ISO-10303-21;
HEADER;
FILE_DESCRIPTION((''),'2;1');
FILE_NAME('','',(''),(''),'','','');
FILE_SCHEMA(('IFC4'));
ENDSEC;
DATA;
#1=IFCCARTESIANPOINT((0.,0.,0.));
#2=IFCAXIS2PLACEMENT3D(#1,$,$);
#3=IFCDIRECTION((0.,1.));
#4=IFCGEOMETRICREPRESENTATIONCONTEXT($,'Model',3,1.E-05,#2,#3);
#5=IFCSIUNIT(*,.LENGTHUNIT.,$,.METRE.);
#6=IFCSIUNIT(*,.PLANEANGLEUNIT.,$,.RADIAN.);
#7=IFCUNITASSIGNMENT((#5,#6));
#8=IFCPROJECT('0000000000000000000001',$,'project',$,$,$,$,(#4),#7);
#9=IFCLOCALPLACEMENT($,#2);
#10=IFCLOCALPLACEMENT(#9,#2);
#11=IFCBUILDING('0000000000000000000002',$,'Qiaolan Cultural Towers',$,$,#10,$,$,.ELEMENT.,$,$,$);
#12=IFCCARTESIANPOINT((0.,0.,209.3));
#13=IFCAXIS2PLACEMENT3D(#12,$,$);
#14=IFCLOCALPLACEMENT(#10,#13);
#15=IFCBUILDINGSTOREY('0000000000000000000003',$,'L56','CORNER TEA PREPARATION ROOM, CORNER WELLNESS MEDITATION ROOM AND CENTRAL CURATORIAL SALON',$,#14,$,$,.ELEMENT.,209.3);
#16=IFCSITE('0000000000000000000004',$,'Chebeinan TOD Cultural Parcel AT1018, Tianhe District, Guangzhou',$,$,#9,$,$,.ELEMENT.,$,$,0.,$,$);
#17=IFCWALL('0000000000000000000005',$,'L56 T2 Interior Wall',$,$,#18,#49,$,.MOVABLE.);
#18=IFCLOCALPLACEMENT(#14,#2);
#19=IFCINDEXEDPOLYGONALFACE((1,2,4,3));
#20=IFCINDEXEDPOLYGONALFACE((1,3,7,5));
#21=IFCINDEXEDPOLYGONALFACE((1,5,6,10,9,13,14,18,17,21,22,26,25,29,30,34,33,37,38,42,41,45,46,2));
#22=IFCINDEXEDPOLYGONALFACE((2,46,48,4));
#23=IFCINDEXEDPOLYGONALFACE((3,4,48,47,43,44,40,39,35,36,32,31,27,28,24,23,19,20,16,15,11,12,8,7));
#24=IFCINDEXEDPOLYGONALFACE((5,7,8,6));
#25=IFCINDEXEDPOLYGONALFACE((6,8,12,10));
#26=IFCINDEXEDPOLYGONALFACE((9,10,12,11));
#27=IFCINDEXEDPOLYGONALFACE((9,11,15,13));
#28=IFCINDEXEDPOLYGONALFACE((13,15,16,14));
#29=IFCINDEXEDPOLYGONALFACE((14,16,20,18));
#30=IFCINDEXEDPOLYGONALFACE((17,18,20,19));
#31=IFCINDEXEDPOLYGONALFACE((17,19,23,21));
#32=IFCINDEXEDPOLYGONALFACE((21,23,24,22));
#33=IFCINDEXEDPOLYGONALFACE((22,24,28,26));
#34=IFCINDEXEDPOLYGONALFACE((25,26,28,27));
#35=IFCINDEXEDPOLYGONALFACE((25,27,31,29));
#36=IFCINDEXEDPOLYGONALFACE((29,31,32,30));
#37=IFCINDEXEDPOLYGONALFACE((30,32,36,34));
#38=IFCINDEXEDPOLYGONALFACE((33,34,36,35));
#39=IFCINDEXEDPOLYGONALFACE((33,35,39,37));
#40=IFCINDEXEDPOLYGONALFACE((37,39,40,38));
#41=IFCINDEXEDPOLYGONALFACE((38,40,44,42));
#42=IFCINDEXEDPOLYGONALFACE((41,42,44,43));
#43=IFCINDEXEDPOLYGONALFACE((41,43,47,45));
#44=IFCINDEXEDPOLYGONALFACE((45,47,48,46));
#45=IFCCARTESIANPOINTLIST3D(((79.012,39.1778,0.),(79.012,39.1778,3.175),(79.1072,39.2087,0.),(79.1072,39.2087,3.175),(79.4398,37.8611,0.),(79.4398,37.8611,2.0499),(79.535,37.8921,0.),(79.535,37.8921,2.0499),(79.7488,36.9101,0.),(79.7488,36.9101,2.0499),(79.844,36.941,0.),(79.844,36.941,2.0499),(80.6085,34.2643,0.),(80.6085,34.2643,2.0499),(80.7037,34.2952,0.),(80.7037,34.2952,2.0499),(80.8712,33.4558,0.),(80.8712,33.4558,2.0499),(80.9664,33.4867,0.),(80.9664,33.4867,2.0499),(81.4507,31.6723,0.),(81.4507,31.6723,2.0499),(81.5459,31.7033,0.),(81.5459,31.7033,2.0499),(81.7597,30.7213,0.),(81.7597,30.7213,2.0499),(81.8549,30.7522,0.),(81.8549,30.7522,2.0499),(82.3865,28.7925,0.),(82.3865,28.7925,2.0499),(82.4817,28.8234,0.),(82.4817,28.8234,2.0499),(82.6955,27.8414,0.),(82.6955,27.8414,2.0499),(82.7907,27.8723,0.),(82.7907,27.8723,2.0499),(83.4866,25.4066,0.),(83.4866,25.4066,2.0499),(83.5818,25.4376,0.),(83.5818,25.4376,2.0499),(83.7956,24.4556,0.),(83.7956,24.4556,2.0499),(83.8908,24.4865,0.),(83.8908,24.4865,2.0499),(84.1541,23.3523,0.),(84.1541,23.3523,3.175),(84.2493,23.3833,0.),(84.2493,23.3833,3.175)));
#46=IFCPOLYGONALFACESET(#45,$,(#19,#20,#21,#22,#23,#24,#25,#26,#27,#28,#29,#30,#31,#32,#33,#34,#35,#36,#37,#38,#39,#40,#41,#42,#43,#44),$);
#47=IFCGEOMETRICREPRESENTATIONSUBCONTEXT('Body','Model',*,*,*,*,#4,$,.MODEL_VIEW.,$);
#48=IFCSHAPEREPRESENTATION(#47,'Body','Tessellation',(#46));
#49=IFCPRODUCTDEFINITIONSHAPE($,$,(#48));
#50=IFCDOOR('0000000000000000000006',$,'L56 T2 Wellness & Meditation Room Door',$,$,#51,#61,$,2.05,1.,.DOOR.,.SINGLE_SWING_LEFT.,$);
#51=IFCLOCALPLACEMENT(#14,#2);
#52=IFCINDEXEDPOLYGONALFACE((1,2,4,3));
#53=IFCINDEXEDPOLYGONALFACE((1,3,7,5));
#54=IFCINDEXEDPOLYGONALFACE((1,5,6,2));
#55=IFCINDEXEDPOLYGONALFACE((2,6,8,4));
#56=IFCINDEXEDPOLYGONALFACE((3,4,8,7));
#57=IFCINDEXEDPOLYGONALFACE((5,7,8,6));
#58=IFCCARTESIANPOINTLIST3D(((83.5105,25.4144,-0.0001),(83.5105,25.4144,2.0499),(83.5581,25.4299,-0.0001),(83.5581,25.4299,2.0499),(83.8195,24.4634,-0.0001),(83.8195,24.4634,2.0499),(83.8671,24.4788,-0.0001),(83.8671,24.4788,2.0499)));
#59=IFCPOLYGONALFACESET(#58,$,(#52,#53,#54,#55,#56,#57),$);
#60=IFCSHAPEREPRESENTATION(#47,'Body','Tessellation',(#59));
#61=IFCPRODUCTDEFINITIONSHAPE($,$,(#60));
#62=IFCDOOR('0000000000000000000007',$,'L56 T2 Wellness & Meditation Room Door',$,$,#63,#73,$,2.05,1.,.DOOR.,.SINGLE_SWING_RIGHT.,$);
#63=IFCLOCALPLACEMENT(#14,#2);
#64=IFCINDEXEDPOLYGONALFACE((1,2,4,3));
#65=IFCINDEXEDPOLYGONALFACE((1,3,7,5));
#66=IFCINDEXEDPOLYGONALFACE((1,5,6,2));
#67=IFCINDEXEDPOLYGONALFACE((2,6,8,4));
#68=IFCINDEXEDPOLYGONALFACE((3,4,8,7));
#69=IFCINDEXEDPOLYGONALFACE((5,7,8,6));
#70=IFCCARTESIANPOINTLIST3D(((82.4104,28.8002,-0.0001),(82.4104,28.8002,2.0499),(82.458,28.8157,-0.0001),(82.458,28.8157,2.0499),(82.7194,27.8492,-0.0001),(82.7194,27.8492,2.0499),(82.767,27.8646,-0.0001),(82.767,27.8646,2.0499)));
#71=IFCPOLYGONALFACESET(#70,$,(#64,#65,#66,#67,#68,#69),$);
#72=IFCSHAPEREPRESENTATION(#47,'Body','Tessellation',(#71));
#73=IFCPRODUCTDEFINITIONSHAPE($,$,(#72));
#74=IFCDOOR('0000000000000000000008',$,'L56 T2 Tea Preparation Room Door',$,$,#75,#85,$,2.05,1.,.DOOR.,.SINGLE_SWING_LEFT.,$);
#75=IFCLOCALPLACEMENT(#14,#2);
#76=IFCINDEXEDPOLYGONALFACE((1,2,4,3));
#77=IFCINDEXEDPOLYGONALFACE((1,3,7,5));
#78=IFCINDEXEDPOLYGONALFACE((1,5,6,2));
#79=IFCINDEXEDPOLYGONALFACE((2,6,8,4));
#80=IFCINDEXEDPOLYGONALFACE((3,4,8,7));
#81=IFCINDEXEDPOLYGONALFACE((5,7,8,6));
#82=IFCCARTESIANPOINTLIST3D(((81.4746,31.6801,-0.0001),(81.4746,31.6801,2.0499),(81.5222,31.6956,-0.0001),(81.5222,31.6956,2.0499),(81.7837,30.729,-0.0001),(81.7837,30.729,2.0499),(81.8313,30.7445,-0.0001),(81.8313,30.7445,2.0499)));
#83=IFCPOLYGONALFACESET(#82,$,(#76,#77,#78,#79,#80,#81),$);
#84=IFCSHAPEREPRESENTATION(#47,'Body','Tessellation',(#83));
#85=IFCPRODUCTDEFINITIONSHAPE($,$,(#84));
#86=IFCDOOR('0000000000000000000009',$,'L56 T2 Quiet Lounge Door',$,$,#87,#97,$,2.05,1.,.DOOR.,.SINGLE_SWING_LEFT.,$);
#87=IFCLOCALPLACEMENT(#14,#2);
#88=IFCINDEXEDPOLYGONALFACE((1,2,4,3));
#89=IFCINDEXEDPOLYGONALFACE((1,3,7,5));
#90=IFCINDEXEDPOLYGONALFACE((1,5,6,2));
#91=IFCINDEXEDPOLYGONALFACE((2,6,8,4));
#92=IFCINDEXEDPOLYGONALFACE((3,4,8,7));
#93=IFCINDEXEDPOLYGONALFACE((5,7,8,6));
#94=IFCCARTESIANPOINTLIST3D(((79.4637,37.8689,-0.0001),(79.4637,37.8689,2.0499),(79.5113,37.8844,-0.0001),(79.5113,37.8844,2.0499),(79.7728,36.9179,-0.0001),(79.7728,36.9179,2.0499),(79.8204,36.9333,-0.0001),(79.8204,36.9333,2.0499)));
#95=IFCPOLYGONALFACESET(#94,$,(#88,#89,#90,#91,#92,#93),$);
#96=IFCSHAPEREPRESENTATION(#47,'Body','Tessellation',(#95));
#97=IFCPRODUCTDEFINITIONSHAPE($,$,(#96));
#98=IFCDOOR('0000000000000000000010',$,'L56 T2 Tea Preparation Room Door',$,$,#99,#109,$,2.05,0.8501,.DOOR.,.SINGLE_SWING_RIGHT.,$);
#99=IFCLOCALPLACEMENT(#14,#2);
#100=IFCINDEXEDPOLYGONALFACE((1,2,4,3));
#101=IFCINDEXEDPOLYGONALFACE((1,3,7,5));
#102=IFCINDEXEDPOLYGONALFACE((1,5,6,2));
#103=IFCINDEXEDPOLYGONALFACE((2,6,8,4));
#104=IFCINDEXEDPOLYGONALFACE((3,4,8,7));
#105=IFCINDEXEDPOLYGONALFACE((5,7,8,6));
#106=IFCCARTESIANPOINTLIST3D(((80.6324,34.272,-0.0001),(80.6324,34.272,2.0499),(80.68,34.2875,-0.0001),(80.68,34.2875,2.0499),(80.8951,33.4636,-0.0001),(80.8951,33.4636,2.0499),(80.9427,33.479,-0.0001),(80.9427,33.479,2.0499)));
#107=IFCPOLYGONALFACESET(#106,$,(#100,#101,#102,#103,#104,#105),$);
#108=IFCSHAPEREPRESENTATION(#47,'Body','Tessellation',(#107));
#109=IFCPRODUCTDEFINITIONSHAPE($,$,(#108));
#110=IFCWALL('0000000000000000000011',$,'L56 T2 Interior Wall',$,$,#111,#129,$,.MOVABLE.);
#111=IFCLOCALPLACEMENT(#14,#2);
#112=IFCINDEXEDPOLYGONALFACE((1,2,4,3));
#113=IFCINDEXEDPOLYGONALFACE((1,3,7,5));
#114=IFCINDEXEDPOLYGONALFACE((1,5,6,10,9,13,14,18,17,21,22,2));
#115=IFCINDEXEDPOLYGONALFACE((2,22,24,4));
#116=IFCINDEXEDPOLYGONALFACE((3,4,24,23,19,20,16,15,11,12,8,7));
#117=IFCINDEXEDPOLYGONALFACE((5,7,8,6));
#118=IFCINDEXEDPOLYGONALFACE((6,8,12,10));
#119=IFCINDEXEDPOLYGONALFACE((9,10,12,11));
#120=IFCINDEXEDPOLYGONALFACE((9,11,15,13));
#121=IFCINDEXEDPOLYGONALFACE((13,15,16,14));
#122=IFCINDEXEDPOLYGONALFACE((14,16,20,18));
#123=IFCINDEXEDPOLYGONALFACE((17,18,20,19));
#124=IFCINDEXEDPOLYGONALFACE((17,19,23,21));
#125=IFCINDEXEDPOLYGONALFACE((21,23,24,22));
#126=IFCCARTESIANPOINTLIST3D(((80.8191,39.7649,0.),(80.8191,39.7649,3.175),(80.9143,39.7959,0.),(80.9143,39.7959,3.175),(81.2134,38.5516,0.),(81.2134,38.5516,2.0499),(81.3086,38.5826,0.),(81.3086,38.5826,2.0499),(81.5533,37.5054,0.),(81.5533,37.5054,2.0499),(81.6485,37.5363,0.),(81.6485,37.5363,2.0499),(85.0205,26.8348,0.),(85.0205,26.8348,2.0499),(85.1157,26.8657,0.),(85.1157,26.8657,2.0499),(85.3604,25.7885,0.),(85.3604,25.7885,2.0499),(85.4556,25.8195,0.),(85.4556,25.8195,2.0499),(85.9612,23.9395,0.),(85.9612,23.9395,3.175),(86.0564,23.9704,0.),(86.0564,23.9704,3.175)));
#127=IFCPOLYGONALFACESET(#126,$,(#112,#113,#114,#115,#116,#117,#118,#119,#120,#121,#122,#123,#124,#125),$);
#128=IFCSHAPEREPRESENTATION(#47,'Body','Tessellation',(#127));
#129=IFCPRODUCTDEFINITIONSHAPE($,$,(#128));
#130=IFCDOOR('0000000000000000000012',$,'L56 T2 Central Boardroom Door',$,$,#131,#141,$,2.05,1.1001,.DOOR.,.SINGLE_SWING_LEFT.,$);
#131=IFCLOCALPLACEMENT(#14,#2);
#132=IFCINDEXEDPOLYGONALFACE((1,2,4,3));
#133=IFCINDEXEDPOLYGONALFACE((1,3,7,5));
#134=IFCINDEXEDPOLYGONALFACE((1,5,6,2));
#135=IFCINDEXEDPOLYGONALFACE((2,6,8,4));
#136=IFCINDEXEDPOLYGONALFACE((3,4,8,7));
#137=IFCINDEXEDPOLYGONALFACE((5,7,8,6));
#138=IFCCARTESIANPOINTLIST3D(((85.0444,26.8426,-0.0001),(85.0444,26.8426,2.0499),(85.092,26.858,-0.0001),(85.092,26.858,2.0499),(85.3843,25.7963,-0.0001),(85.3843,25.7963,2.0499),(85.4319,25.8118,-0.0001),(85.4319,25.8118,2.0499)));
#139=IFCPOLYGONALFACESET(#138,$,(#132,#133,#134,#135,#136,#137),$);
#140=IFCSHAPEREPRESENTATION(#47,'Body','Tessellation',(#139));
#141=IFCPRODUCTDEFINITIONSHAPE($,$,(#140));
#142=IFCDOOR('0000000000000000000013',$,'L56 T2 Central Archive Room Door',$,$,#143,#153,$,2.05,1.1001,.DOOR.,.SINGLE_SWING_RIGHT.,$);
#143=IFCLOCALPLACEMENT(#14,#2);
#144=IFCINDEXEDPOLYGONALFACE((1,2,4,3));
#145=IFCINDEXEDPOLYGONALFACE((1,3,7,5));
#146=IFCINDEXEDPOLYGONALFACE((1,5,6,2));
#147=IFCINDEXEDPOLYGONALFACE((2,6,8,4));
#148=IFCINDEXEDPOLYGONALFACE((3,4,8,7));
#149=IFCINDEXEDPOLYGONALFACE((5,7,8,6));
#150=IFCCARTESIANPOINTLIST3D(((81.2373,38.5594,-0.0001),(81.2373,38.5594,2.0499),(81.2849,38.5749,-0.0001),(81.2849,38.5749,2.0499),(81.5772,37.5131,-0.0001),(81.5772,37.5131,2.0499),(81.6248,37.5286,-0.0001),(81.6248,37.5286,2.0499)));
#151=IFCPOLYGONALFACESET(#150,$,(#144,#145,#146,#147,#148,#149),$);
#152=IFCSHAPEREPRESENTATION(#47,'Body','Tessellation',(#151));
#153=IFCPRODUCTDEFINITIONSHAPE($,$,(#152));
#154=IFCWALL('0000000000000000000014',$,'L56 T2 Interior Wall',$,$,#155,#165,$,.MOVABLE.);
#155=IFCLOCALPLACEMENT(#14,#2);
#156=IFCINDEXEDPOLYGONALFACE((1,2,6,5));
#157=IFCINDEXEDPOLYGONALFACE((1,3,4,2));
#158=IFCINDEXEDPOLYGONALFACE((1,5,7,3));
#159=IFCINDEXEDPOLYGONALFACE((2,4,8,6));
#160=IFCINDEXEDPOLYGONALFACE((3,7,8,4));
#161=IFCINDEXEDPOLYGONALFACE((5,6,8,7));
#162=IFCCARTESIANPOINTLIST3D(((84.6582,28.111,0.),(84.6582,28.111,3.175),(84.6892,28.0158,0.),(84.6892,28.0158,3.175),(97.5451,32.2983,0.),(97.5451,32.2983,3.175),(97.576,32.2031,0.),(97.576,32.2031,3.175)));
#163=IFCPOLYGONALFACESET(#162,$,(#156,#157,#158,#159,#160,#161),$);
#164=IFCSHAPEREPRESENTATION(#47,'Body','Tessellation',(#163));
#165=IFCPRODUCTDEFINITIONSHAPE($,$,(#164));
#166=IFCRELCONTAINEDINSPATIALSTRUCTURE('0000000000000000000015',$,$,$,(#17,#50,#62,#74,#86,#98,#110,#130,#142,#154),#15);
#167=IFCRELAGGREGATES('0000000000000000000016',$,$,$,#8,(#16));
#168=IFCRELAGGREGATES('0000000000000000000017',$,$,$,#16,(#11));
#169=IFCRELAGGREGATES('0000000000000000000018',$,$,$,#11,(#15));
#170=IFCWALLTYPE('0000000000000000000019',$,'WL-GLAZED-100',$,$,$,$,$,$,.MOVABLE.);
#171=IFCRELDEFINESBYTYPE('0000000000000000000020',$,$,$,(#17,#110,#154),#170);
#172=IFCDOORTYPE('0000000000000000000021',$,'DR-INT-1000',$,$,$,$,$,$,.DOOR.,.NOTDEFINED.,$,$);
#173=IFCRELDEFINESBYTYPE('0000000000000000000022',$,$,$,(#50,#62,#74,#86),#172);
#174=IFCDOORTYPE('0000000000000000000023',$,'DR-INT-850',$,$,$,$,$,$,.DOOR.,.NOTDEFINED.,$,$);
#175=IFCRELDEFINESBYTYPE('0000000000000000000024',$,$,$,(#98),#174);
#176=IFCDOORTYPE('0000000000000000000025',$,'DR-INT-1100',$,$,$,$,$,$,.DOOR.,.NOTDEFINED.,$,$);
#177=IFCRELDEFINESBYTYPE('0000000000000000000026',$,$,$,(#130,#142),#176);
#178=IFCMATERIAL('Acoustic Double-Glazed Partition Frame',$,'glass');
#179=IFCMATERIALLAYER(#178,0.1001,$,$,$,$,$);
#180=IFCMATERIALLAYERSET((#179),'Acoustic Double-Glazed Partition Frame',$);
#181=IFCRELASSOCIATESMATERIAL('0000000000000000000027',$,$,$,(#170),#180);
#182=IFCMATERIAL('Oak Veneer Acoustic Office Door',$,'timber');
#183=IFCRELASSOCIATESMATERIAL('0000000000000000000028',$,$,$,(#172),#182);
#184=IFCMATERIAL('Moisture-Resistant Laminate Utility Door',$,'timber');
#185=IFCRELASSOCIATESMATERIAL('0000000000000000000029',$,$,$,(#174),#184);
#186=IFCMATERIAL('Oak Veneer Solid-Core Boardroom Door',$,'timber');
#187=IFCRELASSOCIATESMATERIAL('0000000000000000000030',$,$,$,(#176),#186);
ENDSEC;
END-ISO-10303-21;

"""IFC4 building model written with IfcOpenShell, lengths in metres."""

from ifc_helpers import new_model, si_unit, direction, frame, frame_2d, origin, place, context, subcontext, project, spatial, rectangle, extrude, material, layer, layer_set, type_object, element, fill, save


model = new_model("IFC4")

# Units and contexts
model_context = context("Model", 3, precision=1e-05, world=origin(), true_north=direction((0.0, 1.0)))
body_context = subcontext(model_context, "Body", "Model", "MODEL_VIEW")
ifc_project = project(units=[si_unit("LENGTHUNIT", "METRE"), si_unit("PLANEANGLEUNIT", "RADIAN")], contexts=[model_context])

# Site, building, storey
site_placement = place(None, origin())
site = spatial("IfcSite", under=ifc_project, at=site_placement, Name="Chebeinan TOD Cultural Parcel AT1018, Tianhe District, Guangzhou", CompositionType="ELEMENT", RefElevation=0.0)
building_placement = place(site_placement, origin())
building = spatial("IfcBuilding", under=site, at=building_placement, Name="Qiaolan Cultural Towers", CompositionType="ELEMENT")
storey_placement = place(building_placement, frame((0.0, 0.0, 209.3)))
storey = spatial("IfcBuildingStorey", under=building, at=storey_placement, Name="L56", Description="CORNER TEA PREPARATION ROOM, CORNER WELLNESS MEDITATION ROOM AND CENTRAL CURATORIAL SALON", CompositionType="ELEMENT", Elevation=209.3)

# Shared definitions
ifc_material_1 = material(Name="Acoustic Double-Glazed Partition Frame", Category="glass")
ifc_layer_1 = layer(ifc_material_1, 0.1001)
ifc_layer_set_1 = layer_set([ifc_layer_1], Name="Acoustic Double-Glazed Partition Frame")
wall_type_1 = type_object("IfcWallType", Name="WL-GLAZED-100", PredefinedType="MOVABLE", material=ifc_layer_set_1)

# Walls, openings, doors
wall_1_placement = place(storey_placement, frame((84.2017, 23.3679, 0.0), z_axis=(0.0, 0.0, 1.0), x_axis=(-0.309022, 0.951055, 0.0)))
wall_1 = element("IfcWall", 1, at=wall_1_placement, inside=storey, type_object=wall_type_1, Name="L56 T2 Interior Wall", PredefinedType="MOVABLE", context=body_context, shape_type="SweptSolid", body=[
    extrude(rectangle(XDim=16.6399, YDim=0.1001, at=frame_2d((8.3198, 0.0))), origin(), (0.0, 0.0, 1.0), 3.175),
])
opening_1_placement = place(wall_1_placement, frame((1.1599, 0.0, 0.0)))
opening_1 = element("IfcOpeningElement", 2, at=opening_1_placement, cuts=wall_1, PredefinedType="OPENING", context=body_context, shape_type="SweptSolid", body=[
    extrude(rectangle(XDim=1.0, YDim=2.05, at=frame_2d((0.5, 1.0249))), frame((0.0, 0.0601, 0.0), z_axis=(0.0, -1.0, 0.0), x_axis=(1.0, 0.0, 0.0)), (0.0, 0.0, 1.0), 0.1201),
])
opening_2_placement = place(wall_1_placement, frame((4.72, 0.0, 0.0)))
opening_2 = element("IfcOpeningElement", 3, at=opening_2_placement, cuts=wall_1, PredefinedType="OPENING", context=body_context, shape_type="SweptSolid", body=[
    extrude(rectangle(XDim=1.0, YDim=2.05, at=frame_2d((0.5, 1.0249))), frame((0.0, 0.0601, 0.0), z_axis=(0.0, -1.0, 0.0), x_axis=(1.0, 0.0, 0.0)), (0.0, 0.0, 1.0), 0.1201),
])
opening_3_placement = place(wall_1_placement, frame((7.748, 0.0, 0.0)))
opening_3 = element("IfcOpeningElement", 4, at=opening_3_placement, cuts=wall_1, PredefinedType="OPENING", context=body_context, shape_type="SweptSolid", body=[
    extrude(rectangle(XDim=1.0, YDim=2.05, at=frame_2d((0.5, 1.0249))), frame((0.0, 0.0601, 0.0), z_axis=(0.0, -1.0, 0.0), x_axis=(1.0, 0.0, 0.0)), (0.0, 0.0, 1.0), 0.1201),
])
opening_4_placement = place(wall_1_placement, frame((10.6233, 0.0, 0.0)))
opening_4 = element("IfcOpeningElement", 5, at=opening_4_placement, cuts=wall_1, PredefinedType="OPENING", context=body_context, shape_type="SweptSolid", body=[
    extrude(rectangle(XDim=0.8501, YDim=2.05, at=frame_2d((0.425, 1.0249))), frame((0.0, 0.0601, 0.0), z_axis=(0.0, -1.0, 0.0), x_axis=(1.0, 0.0, 0.0)), (0.0, 0.0, 1.0), 0.1201),
])
opening_5_placement = place(wall_1_placement, frame((14.2554, 0.0, 0.0)))
opening_5 = element("IfcOpeningElement", 6, at=opening_5_placement, cuts=wall_1, PredefinedType="OPENING", context=body_context, shape_type="SweptSolid", body=[
    extrude(rectangle(XDim=1.0, YDim=2.05, at=frame_2d((0.5, 1.0249))), frame((0.0, 0.0601, 0.0), z_axis=(0.0, -1.0, 0.0), x_axis=(1.0, 0.0, 0.0)), (0.0, 0.0, 1.0), 0.1201),
])
ifc_material_2 = material(Name="Oak Veneer Acoustic Office Door", Category="timber")
door_type_1 = type_object("IfcDoorType", Name="DR-INT-1000", OperationType="NOTDEFINED", PredefinedType="DOOR", material=ifc_material_2)
door_1_placement = place(opening_1_placement, origin())
door_1 = element("IfcDoor", 7, at=door_1_placement, inside=storey, type_object=door_type_1, Name="L56 T2 Wellness & Meditation Room Door", OperationType="SINGLE_SWING_LEFT", OverallHeight=2.05, OverallWidth=1.0, PredefinedType="DOOR", context=body_context, shape_type="SweptSolid", body=[
    extrude(rectangle(XDim=1.0, YDim=2.05, at=frame_2d((0.5, 1.0249))), frame((0.0, 0.0249, 0.0), z_axis=(0.0, -1.0, 0.0), x_axis=(1.0, 0.0, 0.0)), (0.0, 0.0, 1.0), 0.05),
])
fill(opening_1, door_1)
door_2_placement = place(opening_2_placement, origin())
door_2 = element("IfcDoor", 8, at=door_2_placement, inside=storey, type_object=door_type_1, Name="L56 T2 Wellness & Meditation Room Door", OperationType="SINGLE_SWING_RIGHT", OverallHeight=2.05, OverallWidth=1.0, PredefinedType="DOOR", context=body_context, shape_type="SweptSolid", body=[
    extrude(rectangle(XDim=1.0, YDim=2.05, at=frame_2d((0.5, 1.0249))), frame((0.0, 0.0249, 0.0), z_axis=(0.0, -1.0, 0.0), x_axis=(1.0, 0.0, 0.0)), (0.0, 0.0, 1.0), 0.05),
])
fill(opening_2, door_2)
door_3_placement = place(opening_3_placement, origin())
door_3 = element("IfcDoor", 9, at=door_3_placement, inside=storey, type_object=door_type_1, Name="L56 T2 Tea Preparation Room Door", OperationType="SINGLE_SWING_LEFT", OverallHeight=2.05, OverallWidth=1.0, PredefinedType="DOOR", context=body_context, shape_type="SweptSolid", body=[
    extrude(rectangle(XDim=1.0, YDim=2.05, at=frame_2d((0.5, 1.0249))), frame((0.0, 0.0249, 0.0), z_axis=(0.0, -1.0, 0.0), x_axis=(1.0, 0.0, 0.0)), (0.0, 0.0, 1.0), 0.05),
])
fill(opening_3, door_3)
door_4_placement = place(opening_5_placement, origin())
door_4 = element("IfcDoor", 10, at=door_4_placement, inside=storey, type_object=door_type_1, Name="L56 T2 Quiet Lounge Door", OperationType="SINGLE_SWING_LEFT", OverallHeight=2.05, OverallWidth=1.0, PredefinedType="DOOR", context=body_context, shape_type="SweptSolid", body=[
    extrude(rectangle(XDim=1.0, YDim=2.05, at=frame_2d((0.5, 1.0249))), frame((0.0, 0.0249, 0.0), z_axis=(0.0, -1.0, 0.0), x_axis=(1.0, 0.0, 0.0)), (0.0, 0.0, 1.0), 0.05),
])
fill(opening_5, door_4)
ifc_material_3 = material(Name="Moisture-Resistant Laminate Utility Door", Category="timber")
door_type_2 = type_object("IfcDoorType", Name="DR-INT-850", OperationType="NOTDEFINED", PredefinedType="DOOR", material=ifc_material_3)
door_5_placement = place(opening_4_placement, origin())
door_5 = element("IfcDoor", 11, at=door_5_placement, inside=storey, type_object=door_type_2, Name="L56 T2 Tea Preparation Room Door", OperationType="SINGLE_SWING_RIGHT", OverallHeight=2.05, OverallWidth=0.8501, PredefinedType="DOOR", context=body_context, shape_type="SweptSolid", body=[
    extrude(rectangle(XDim=0.8501, YDim=2.05, at=frame_2d((0.425, 1.0249))), frame((0.0, 0.0249, 0.0), z_axis=(0.0, -1.0, 0.0), x_axis=(1.0, 0.0, 0.0)), (0.0, 0.0, 1.0), 0.05),
])
fill(opening_4, door_5)
wall_2_placement = place(storey_placement, frame((86.0088, 23.9551, 0.0), z_axis=(0.0, 0.0, 1.0), x_axis=(-0.309022, 0.951055, 0.0)))
wall_2 = element("IfcWall", 12, at=wall_2_placement, inside=storey, type_object=wall_type_1, Name="L56 T2 Interior Wall", PredefinedType="MOVABLE", context=body_context, shape_type="SweptSolid", body=[
    extrude(rectangle(XDim=16.6399, YDim=0.1001, at=frame_2d((8.3198, 0.0))), origin(), (0.0, 0.0, 1.0), 3.175),
])
opening_6_placement = place(wall_2_placement, frame((1.9441, 0.0, 0.0)))
opening_6 = element("IfcOpeningElement", 13, at=opening_6_placement, cuts=wall_2, PredefinedType="OPENING", context=body_context, shape_type="SweptSolid", body=[
    extrude(rectangle(XDim=1.1001, YDim=2.05, at=frame_2d((0.55, 1.0249))), frame((0.0, 0.0601, 0.0), z_axis=(0.0, -1.0, 0.0), x_axis=(1.0, 0.0, 0.0)), (0.0, 0.0, 1.0), 0.1201),
])
opening_7_placement = place(wall_2_placement, frame((14.2639, 0.0, 0.0)))
opening_7 = element("IfcOpeningElement", 14, at=opening_7_placement, cuts=wall_2, PredefinedType="OPENING", context=body_context, shape_type="SweptSolid", body=[
    extrude(rectangle(XDim=1.1001, YDim=2.05, at=frame_2d((0.55, 1.0249))), frame((0.0, 0.0601, 0.0), z_axis=(0.0, -1.0, 0.0), x_axis=(1.0, 0.0, 0.0)), (0.0, 0.0, 1.0), 0.1201),
])
ifc_material_4 = material(Name="Oak Veneer Solid-Core Boardroom Door", Category="timber")
door_type_3 = type_object("IfcDoorType", Name="DR-INT-1100", OperationType="NOTDEFINED", PredefinedType="DOOR", material=ifc_material_4)
door_6_placement = place(opening_6_placement, origin())
door_6 = element("IfcDoor", 15, at=door_6_placement, inside=storey, type_object=door_type_3, Name="L56 T2 Central Boardroom Door", OperationType="SINGLE_SWING_LEFT", OverallHeight=2.05, OverallWidth=1.1001, PredefinedType="DOOR", context=body_context, shape_type="SweptSolid", body=[
    extrude(rectangle(XDim=1.1001, YDim=2.05, at=frame_2d((0.55, 1.0249))), frame((0.0, 0.0249, 0.0), z_axis=(0.0, -1.0, 0.0), x_axis=(1.0, 0.0, 0.0)), (0.0, 0.0, 1.0), 0.05),
])
fill(opening_6, door_6)
door_7_placement = place(opening_7_placement, origin())
door_7 = element("IfcDoor", 16, at=door_7_placement, inside=storey, type_object=door_type_3, Name="L56 T2 Central Archive Room Door", OperationType="SINGLE_SWING_RIGHT", OverallHeight=2.05, OverallWidth=1.1001, PredefinedType="DOOR", context=body_context, shape_type="SweptSolid", body=[
    extrude(rectangle(XDim=1.1001, YDim=2.05, at=frame_2d((0.55, 1.0249))), frame((0.0, 0.0249, 0.0), z_axis=(0.0, -1.0, 0.0), x_axis=(1.0, 0.0, 0.0)), (0.0, 0.0, 1.0), 0.05),
])
fill(opening_7, door_7)

# Wall
wall_3_placement = place(storey_placement, frame((84.6738, 28.0635, 0.0), z_axis=(0.0, 0.0, 1.0), x_axis=(0.951054, 0.309024, 0.0)))
element("IfcWall", 17, at=wall_3_placement, inside=storey, type_object=wall_type_1, Name="L56 T2 Interior Wall", PredefinedType="MOVABLE", context=body_context, shape_type="SweptSolid", body=[
    extrude(rectangle(XDim=13.55, YDim=0.1001, at=frame_2d((6.7749, 0.0))), origin(), (0.0, 0.0, 1.0), 3.175),
])

save(model, "model.ifc")
